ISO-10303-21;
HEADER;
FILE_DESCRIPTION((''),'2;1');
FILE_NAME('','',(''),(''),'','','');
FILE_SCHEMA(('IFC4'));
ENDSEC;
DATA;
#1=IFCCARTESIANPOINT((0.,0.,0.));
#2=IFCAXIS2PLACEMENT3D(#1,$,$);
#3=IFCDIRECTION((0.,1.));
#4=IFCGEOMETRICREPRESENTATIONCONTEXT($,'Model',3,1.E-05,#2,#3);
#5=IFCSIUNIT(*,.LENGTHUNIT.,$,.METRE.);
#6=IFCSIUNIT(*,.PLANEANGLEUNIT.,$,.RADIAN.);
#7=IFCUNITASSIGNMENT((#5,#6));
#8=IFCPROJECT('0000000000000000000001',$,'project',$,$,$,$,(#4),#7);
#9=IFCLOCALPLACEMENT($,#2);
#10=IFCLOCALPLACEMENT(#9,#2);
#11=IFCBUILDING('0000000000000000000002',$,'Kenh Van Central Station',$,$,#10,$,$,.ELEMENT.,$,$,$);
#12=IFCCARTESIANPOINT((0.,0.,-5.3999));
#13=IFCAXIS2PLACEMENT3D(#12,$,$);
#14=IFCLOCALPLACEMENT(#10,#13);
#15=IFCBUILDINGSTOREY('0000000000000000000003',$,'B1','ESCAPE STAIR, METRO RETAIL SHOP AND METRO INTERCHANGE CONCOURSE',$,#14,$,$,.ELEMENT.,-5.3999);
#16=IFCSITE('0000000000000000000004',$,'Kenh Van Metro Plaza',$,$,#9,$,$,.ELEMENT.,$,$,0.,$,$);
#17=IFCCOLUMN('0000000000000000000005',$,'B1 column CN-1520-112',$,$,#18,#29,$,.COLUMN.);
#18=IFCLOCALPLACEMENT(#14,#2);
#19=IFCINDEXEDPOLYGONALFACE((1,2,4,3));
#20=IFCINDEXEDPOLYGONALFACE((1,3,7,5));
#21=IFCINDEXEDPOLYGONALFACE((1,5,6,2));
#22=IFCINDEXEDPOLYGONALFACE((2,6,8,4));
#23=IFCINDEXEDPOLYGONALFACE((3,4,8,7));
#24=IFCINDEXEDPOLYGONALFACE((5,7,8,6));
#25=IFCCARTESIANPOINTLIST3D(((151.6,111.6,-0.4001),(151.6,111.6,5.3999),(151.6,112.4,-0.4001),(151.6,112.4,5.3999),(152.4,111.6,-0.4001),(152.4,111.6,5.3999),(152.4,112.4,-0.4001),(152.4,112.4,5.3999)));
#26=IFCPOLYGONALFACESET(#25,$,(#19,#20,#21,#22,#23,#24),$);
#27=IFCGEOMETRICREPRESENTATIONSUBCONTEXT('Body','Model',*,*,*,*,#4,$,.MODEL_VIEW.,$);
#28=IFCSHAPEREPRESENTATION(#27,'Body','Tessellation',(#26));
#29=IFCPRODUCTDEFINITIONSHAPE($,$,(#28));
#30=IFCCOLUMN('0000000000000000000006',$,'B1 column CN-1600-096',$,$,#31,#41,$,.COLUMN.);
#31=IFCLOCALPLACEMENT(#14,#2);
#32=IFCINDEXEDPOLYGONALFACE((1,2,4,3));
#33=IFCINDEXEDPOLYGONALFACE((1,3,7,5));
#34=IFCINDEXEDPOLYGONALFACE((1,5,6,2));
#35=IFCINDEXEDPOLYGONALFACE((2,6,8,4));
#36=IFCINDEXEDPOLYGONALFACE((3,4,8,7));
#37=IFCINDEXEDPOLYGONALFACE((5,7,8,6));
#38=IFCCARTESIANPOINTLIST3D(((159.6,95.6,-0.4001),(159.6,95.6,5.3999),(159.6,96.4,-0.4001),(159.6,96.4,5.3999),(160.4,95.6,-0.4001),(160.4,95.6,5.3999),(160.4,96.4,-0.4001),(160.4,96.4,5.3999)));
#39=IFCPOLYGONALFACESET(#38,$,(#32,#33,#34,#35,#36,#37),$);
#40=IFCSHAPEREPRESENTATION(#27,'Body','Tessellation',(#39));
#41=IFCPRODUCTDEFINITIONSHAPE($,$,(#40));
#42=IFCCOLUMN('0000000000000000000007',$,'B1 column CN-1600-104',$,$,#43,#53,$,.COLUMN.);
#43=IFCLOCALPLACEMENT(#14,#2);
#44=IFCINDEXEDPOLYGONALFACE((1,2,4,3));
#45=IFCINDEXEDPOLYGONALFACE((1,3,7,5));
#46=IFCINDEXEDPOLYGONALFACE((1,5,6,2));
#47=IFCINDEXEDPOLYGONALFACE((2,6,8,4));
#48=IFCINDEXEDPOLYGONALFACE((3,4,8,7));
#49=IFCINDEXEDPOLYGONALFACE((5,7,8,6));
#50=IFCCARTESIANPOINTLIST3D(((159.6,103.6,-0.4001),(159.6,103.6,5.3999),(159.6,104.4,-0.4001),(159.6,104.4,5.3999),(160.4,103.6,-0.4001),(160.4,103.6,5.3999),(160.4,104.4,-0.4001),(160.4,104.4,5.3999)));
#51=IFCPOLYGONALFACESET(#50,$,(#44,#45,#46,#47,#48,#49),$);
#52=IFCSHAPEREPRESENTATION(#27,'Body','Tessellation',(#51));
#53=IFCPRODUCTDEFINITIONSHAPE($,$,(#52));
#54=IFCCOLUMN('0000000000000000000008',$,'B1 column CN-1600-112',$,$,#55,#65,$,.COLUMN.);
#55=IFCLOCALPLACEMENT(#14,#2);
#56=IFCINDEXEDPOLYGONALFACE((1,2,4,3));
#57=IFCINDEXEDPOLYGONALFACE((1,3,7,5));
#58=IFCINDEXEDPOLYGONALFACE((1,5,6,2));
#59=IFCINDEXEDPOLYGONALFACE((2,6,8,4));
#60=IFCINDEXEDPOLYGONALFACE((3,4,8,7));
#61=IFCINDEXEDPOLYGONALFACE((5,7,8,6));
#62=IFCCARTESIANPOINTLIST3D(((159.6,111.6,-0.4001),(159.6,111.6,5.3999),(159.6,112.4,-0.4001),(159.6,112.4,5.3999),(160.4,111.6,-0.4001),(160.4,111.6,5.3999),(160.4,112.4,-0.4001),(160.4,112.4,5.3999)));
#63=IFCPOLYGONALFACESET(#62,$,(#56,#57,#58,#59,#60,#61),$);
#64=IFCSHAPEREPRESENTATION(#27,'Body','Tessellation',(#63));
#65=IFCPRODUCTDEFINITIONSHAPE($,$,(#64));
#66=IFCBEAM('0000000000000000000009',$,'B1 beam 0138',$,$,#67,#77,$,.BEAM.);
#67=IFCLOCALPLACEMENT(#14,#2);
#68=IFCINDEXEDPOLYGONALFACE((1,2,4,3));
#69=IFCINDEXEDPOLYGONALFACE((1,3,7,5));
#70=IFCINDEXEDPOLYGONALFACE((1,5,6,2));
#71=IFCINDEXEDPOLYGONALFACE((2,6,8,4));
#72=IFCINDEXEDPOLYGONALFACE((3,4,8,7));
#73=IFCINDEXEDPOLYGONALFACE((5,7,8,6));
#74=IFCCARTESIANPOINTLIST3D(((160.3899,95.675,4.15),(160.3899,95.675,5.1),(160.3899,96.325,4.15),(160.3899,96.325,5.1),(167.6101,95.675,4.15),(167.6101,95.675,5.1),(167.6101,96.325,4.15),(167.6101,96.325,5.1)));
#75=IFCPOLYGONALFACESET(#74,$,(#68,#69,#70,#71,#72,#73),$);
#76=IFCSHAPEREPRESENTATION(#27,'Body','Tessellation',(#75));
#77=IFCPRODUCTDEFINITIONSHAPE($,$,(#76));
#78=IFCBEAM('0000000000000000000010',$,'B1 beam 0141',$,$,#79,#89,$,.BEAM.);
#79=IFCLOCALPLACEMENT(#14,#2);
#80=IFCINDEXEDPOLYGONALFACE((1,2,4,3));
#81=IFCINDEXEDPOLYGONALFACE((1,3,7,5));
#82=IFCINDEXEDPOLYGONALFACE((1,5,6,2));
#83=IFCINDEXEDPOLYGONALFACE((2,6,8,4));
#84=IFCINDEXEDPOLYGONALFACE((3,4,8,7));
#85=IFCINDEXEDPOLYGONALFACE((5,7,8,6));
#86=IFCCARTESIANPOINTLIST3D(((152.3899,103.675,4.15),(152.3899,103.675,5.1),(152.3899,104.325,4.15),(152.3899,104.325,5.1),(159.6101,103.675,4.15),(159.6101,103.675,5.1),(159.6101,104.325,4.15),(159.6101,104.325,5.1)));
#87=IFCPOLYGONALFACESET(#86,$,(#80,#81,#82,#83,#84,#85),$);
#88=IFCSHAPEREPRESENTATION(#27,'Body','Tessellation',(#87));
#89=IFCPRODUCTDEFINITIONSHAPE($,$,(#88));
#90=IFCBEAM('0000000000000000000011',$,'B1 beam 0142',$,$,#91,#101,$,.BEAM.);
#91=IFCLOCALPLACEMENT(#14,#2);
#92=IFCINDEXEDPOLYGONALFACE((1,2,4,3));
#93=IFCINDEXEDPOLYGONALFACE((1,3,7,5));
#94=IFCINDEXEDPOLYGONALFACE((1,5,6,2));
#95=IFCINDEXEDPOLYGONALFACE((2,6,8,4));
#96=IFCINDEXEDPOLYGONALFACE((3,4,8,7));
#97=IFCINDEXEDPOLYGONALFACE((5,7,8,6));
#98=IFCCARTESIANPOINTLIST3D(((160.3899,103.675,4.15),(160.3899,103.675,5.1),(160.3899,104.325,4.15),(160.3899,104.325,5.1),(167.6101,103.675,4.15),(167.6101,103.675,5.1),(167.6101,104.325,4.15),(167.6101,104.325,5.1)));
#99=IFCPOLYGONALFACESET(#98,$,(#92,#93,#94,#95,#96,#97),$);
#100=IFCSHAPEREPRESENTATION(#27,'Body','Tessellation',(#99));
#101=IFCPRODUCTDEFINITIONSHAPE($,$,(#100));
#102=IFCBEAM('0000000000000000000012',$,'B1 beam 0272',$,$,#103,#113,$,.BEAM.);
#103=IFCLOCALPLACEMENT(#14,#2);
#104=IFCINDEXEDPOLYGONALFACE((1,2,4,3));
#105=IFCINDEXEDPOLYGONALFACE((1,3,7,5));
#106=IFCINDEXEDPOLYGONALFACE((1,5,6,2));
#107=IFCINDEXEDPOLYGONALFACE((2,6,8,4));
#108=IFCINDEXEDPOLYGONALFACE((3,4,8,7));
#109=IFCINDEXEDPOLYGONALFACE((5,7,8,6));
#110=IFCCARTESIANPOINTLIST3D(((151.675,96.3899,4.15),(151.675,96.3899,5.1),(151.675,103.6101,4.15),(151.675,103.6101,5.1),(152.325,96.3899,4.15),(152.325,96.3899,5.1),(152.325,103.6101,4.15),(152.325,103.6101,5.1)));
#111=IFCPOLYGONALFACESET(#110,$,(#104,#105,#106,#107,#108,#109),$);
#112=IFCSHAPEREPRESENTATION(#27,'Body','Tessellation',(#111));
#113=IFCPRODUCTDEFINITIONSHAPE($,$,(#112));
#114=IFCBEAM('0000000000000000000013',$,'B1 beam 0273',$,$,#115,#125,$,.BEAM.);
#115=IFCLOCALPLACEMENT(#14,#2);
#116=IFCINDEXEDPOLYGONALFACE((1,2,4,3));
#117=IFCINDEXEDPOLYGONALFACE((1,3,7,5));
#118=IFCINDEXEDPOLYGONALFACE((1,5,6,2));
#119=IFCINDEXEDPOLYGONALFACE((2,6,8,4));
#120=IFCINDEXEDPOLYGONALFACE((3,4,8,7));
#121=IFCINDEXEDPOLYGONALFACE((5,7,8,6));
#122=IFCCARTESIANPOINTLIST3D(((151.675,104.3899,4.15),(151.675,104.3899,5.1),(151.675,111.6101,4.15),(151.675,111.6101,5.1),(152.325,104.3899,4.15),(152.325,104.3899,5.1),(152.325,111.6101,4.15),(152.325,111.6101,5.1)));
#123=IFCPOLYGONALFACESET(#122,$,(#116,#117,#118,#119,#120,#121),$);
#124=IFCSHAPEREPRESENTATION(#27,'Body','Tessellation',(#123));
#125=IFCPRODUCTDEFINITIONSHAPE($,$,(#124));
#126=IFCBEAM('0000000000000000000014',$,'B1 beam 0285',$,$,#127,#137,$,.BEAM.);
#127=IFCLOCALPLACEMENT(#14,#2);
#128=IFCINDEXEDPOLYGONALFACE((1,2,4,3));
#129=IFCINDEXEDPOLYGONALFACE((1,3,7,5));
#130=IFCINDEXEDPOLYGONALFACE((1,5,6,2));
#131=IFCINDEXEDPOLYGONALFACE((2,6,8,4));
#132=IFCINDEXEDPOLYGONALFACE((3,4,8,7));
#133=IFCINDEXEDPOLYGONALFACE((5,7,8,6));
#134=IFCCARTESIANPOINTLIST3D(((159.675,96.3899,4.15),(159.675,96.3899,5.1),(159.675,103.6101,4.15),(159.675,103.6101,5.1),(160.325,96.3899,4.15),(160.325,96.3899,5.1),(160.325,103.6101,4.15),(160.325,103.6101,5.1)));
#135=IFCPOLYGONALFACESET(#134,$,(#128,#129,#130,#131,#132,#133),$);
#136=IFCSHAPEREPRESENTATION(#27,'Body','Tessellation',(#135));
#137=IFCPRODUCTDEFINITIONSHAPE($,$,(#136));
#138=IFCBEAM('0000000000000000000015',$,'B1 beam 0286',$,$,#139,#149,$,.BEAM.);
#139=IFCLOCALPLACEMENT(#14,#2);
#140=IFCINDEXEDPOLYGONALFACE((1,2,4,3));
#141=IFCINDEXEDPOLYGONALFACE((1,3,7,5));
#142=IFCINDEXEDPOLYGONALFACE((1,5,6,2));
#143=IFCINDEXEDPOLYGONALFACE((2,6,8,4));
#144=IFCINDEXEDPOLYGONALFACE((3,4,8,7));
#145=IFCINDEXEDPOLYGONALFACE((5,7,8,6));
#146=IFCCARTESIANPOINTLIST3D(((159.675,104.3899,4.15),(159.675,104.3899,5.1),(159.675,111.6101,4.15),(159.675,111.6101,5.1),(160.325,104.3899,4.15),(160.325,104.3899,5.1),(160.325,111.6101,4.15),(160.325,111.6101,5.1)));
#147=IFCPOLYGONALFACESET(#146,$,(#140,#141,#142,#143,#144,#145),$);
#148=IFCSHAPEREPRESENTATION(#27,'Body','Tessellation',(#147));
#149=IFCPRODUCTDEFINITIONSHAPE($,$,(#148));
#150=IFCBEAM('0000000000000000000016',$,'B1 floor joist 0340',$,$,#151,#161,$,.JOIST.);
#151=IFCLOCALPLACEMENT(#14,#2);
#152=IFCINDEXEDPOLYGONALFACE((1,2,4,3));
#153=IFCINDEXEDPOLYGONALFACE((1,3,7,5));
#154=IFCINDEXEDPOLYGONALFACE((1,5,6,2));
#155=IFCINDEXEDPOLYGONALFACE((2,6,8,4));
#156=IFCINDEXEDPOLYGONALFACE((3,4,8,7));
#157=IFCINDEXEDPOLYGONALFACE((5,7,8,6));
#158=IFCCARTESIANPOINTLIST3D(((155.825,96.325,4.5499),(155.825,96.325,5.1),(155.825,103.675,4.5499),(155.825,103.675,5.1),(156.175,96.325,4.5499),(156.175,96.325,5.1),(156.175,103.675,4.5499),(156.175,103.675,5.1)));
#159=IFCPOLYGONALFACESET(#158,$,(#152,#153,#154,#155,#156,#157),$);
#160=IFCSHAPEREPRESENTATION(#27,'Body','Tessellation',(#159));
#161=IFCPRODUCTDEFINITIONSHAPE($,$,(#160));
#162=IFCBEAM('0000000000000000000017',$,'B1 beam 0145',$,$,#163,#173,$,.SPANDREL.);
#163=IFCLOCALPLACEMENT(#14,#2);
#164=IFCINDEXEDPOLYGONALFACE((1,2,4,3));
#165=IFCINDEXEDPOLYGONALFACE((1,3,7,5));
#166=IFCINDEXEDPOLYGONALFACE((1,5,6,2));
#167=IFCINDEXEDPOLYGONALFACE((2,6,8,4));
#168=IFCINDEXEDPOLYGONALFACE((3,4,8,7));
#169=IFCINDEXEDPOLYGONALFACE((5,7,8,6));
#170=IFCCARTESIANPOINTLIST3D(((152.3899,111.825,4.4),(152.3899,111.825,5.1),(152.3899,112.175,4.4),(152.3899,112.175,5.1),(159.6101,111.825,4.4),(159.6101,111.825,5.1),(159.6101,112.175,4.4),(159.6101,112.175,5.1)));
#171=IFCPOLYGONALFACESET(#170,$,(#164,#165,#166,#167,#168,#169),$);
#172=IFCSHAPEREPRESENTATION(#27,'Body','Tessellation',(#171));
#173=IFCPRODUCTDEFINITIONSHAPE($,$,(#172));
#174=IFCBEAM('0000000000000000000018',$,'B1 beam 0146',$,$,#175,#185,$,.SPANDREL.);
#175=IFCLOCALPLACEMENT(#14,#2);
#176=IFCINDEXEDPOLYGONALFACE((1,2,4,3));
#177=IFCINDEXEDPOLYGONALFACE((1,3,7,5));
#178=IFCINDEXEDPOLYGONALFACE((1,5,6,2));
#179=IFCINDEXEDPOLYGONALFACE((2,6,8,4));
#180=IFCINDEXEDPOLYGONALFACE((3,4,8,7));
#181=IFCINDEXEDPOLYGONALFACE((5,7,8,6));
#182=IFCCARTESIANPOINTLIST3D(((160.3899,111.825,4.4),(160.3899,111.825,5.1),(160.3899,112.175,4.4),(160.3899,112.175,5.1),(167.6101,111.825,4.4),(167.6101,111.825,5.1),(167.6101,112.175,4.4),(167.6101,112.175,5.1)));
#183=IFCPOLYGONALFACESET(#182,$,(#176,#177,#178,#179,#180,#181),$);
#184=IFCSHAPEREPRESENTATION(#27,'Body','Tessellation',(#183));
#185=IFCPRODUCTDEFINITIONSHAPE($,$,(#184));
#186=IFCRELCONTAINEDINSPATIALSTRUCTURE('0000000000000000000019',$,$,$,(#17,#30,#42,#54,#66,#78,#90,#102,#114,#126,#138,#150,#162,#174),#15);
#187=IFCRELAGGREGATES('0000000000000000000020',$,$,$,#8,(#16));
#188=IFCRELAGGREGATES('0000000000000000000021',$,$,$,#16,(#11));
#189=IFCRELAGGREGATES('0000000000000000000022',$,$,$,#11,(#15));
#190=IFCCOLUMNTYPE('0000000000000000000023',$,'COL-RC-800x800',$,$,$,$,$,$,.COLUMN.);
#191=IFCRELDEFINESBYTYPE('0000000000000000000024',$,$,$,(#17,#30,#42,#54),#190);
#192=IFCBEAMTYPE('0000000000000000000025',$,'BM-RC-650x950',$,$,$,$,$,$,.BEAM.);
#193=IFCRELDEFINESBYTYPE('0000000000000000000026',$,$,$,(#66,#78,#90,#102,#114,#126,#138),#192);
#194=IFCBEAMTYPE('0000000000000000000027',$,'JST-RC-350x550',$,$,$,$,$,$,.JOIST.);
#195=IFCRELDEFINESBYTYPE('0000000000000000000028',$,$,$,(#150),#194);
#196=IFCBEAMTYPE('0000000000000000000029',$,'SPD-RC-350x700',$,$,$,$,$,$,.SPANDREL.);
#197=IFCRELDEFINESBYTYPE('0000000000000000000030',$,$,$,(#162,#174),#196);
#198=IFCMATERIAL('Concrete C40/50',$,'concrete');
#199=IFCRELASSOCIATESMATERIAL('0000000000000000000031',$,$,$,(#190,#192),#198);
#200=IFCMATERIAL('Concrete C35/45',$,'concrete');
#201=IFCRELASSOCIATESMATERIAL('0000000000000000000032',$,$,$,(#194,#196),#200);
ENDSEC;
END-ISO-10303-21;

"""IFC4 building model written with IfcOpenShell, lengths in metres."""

from ifc_helpers import new_model, si_unit, direction, frame, origin, origin_2d, place, context, subcontext, project, spatial, rectangle, extrude, material, material_profile, profile_set, type_object, element, save


model = new_model("IFC4")

# Units and contexts
model_context = context("Model", 3, precision=1e-05, world=origin(), true_north=direction((0.0, 1.0)))
body_context = subcontext(model_context, "Body", "Model", "MODEL_VIEW")
ifc_project = project(units=[si_unit("LENGTHUNIT", "METRE"), si_unit("PLANEANGLEUNIT", "RADIAN")], contexts=[model_context])

# Site, building, storey
site_placement = place(None, origin())
site = spatial("IfcSite", under=ifc_project, at=site_placement, Name="Kenh Van Metro Plaza", CompositionType="ELEMENT", RefElevation=0.0)
building_placement = place(site_placement, origin())
building = spatial("IfcBuilding", under=site, at=building_placement, Name="Kenh Van Central Station", CompositionType="ELEMENT")
storey_placement = place(building_placement, frame((0.0, 0.0, -5.3999)))
storey = spatial("IfcBuildingStorey", under=building, at=storey_placement, Name="B1", Description="ESCAPE STAIR, METRO RETAIL SHOP AND METRO INTERCHANGE CONCOURSE", CompositionType="ELEMENT", Elevation=-5.3999)

# Shared definitions
ifc_material_1 = material(Name="Concrete C40/50", Category="concrete")

# Columns
ifc_material_profile_1 = material_profile(ifc_material_1, rectangle(XDim=0.8, YDim=0.8, at=origin_2d()), Name="RC 800x800")
ifc_profile_set_1 = profile_set([ifc_material_profile_1], Name="Concrete C40/50")
column_type = type_object("IfcColumnType", Name="COL-RC-800x800", PredefinedType="COLUMN", material=ifc_profile_set_1)
for number, where, z_axis, x_axis, name in (
    (1, (152.0, 112.0, -0.4001), (0.0, 0.0, 1.0), (1.0, 0.0, 0.0), "B1 column CN-1520-112"),
    (2, (160.0, 96.0, -0.4001), (0.0, 0.0, 1.0), (1.0, 0.0, 0.0), "B1 column CN-1600-096"),
    (3, (160.0, 104.0, -0.4001), (0.0, 0.0, 1.0), (1.0, 0.0, 0.0), "B1 column CN-1600-104"),
    (4, (160.0, 112.0, -0.4001), (0.0, 0.0, 1.0), (1.0, 0.0, 0.0), "B1 column CN-1600-112"),
):
    element("IfcColumn", number, at=place(storey_placement, frame(where, z_axis=z_axis, x_axis=x_axis)), inside=storey, type_object=column_type, Name=name, PredefinedType="COLUMN", context=body_context, shape_type="SweptSolid", body=[
        extrude(rectangle(XDim=0.8, YDim=0.8, at=origin_2d()), origin(), (0.0, 0.0, 1.0), 5.8),
    ])

# Beams
ifc_material_profile_2 = material_profile(ifc_material_1, rectangle(XDim=0.6499, YDim=0.95, at=origin_2d()), Name="RC 650x950")
ifc_profile_set_2 = profile_set([ifc_material_profile_2], Name="Concrete C40/50")
beam_type_1 = type_object("IfcBeamType", Name="BM-RC-650x950", PredefinedType="BEAM", material=ifc_profile_set_2)
for number, where, z_axis, x_axis, name in (
    (5, (160.3899, 96.0, 4.625), (1.0, 0.0, 0.0), (0.0, 1.0, 0.0), "B1 beam 0138"),
    (6, (152.3899, 104.0, 4.625), (1.0, 0.0, 0.0), (0.0, 1.0, 0.0), "B1 beam 0141"),
    (7, (160.3899, 104.0, 4.625), (1.0, 0.0, 0.0), (0.0, 1.0, 0.0), "B1 beam 0142"),
    (8, (152.0, 96.3899, 4.625), (0.0, 1.0, 0.0), (-1.0, 0.0, 0.0), "B1 beam 0272"),
    (9, (152.0, 104.3899, 4.625), (0.0, 1.0, 0.0), (-1.0, 0.0, 0.0), "B1 beam 0273"),
    (10, (160.0, 96.3899, 4.625), (0.0, 1.0, 0.0), (-1.0, 0.0, 0.0), "B1 beam 0285"),
    (11, (160.0, 104.3899, 4.625), (0.0, 1.0, 0.0), (-1.0, 0.0, 0.0), "B1 beam 0286"),
):
    element("IfcBeam", number, at=place(storey_placement, frame(where, z_axis=z_axis, x_axis=x_axis)), inside=storey, type_object=beam_type_1, Name=name, PredefinedType="BEAM", context=body_context, shape_type="SweptSolid", body=[
        extrude(rectangle(XDim=0.6499, YDim=0.95, at=origin_2d()), origin(), (0.0, 0.0, 1.0), 7.2202),
    ])
ifc_material_2 = material(Name="Concrete C35/45", Category="concrete")
ifc_material_profile_3 = material_profile(ifc_material_2, rectangle(XDim=0.3501, YDim=0.55, at=origin_2d()), Name="RC 350x550")
ifc_profile_set_3 = profile_set([ifc_material_profile_3], Name="Concrete C35/45")
beam_type_2 = type_object("IfcBeamType", Name="JST-RC-350x550", PredefinedType="JOIST", material=ifc_profile_set_3)
beam_placement = place(storey_placement, frame((156.0, 96.325, 4.825), z_axis=(0.0, 1.0, 0.0), x_axis=(-1.0, 0.0, 0.0)))
element("IfcBeam", 12, at=beam_placement, inside=storey, type_object=beam_type_2, Name="B1 floor joist 0340", PredefinedType="JOIST", context=body_context, shape_type="SweptSolid", body=[
    extrude(rectangle(XDim=0.3501, YDim=0.55, at=origin_2d()), origin(), (0.0, 0.0, 1.0), 7.3501),
])
ifc_material_profile_4 = material_profile(ifc_material_2, rectangle(XDim=0.3501, YDim=0.7, at=origin_2d()), Name="RC 350x700")
ifc_profile_set_4 = profile_set([ifc_material_profile_4], Name="Concrete C35/45")
beam_type_3 = type_object("IfcBeamType", Name="SPD-RC-350x700", PredefinedType="SPANDREL", material=ifc_profile_set_4)
for number, where, z_axis, x_axis, name in (
    (13, (152.3899, 112.0, 4.75), (1.0, 0.0, 0.0), (0.0, 1.0, 0.0), "B1 beam 0145"),
    (14, (160.3899, 112.0, 4.75), (1.0, 0.0, 0.0), (0.0, 1.0, 0.0), "B1 beam 0146"),
):
    element("IfcBeam", number, at=place(storey_placement, frame(where, z_axis=z_axis, x_axis=x_axis)), inside=storey, type_object=beam_type_3, Name=name, PredefinedType="SPANDREL", context=body_context, shape_type="SweptSolid", body=[
        extrude(rectangle(XDim=0.3501, YDim=0.7, at=origin_2d()), origin(), (0.0, 0.0, 1.0), 7.2202),
    ])

save(model, "model.ifc")
